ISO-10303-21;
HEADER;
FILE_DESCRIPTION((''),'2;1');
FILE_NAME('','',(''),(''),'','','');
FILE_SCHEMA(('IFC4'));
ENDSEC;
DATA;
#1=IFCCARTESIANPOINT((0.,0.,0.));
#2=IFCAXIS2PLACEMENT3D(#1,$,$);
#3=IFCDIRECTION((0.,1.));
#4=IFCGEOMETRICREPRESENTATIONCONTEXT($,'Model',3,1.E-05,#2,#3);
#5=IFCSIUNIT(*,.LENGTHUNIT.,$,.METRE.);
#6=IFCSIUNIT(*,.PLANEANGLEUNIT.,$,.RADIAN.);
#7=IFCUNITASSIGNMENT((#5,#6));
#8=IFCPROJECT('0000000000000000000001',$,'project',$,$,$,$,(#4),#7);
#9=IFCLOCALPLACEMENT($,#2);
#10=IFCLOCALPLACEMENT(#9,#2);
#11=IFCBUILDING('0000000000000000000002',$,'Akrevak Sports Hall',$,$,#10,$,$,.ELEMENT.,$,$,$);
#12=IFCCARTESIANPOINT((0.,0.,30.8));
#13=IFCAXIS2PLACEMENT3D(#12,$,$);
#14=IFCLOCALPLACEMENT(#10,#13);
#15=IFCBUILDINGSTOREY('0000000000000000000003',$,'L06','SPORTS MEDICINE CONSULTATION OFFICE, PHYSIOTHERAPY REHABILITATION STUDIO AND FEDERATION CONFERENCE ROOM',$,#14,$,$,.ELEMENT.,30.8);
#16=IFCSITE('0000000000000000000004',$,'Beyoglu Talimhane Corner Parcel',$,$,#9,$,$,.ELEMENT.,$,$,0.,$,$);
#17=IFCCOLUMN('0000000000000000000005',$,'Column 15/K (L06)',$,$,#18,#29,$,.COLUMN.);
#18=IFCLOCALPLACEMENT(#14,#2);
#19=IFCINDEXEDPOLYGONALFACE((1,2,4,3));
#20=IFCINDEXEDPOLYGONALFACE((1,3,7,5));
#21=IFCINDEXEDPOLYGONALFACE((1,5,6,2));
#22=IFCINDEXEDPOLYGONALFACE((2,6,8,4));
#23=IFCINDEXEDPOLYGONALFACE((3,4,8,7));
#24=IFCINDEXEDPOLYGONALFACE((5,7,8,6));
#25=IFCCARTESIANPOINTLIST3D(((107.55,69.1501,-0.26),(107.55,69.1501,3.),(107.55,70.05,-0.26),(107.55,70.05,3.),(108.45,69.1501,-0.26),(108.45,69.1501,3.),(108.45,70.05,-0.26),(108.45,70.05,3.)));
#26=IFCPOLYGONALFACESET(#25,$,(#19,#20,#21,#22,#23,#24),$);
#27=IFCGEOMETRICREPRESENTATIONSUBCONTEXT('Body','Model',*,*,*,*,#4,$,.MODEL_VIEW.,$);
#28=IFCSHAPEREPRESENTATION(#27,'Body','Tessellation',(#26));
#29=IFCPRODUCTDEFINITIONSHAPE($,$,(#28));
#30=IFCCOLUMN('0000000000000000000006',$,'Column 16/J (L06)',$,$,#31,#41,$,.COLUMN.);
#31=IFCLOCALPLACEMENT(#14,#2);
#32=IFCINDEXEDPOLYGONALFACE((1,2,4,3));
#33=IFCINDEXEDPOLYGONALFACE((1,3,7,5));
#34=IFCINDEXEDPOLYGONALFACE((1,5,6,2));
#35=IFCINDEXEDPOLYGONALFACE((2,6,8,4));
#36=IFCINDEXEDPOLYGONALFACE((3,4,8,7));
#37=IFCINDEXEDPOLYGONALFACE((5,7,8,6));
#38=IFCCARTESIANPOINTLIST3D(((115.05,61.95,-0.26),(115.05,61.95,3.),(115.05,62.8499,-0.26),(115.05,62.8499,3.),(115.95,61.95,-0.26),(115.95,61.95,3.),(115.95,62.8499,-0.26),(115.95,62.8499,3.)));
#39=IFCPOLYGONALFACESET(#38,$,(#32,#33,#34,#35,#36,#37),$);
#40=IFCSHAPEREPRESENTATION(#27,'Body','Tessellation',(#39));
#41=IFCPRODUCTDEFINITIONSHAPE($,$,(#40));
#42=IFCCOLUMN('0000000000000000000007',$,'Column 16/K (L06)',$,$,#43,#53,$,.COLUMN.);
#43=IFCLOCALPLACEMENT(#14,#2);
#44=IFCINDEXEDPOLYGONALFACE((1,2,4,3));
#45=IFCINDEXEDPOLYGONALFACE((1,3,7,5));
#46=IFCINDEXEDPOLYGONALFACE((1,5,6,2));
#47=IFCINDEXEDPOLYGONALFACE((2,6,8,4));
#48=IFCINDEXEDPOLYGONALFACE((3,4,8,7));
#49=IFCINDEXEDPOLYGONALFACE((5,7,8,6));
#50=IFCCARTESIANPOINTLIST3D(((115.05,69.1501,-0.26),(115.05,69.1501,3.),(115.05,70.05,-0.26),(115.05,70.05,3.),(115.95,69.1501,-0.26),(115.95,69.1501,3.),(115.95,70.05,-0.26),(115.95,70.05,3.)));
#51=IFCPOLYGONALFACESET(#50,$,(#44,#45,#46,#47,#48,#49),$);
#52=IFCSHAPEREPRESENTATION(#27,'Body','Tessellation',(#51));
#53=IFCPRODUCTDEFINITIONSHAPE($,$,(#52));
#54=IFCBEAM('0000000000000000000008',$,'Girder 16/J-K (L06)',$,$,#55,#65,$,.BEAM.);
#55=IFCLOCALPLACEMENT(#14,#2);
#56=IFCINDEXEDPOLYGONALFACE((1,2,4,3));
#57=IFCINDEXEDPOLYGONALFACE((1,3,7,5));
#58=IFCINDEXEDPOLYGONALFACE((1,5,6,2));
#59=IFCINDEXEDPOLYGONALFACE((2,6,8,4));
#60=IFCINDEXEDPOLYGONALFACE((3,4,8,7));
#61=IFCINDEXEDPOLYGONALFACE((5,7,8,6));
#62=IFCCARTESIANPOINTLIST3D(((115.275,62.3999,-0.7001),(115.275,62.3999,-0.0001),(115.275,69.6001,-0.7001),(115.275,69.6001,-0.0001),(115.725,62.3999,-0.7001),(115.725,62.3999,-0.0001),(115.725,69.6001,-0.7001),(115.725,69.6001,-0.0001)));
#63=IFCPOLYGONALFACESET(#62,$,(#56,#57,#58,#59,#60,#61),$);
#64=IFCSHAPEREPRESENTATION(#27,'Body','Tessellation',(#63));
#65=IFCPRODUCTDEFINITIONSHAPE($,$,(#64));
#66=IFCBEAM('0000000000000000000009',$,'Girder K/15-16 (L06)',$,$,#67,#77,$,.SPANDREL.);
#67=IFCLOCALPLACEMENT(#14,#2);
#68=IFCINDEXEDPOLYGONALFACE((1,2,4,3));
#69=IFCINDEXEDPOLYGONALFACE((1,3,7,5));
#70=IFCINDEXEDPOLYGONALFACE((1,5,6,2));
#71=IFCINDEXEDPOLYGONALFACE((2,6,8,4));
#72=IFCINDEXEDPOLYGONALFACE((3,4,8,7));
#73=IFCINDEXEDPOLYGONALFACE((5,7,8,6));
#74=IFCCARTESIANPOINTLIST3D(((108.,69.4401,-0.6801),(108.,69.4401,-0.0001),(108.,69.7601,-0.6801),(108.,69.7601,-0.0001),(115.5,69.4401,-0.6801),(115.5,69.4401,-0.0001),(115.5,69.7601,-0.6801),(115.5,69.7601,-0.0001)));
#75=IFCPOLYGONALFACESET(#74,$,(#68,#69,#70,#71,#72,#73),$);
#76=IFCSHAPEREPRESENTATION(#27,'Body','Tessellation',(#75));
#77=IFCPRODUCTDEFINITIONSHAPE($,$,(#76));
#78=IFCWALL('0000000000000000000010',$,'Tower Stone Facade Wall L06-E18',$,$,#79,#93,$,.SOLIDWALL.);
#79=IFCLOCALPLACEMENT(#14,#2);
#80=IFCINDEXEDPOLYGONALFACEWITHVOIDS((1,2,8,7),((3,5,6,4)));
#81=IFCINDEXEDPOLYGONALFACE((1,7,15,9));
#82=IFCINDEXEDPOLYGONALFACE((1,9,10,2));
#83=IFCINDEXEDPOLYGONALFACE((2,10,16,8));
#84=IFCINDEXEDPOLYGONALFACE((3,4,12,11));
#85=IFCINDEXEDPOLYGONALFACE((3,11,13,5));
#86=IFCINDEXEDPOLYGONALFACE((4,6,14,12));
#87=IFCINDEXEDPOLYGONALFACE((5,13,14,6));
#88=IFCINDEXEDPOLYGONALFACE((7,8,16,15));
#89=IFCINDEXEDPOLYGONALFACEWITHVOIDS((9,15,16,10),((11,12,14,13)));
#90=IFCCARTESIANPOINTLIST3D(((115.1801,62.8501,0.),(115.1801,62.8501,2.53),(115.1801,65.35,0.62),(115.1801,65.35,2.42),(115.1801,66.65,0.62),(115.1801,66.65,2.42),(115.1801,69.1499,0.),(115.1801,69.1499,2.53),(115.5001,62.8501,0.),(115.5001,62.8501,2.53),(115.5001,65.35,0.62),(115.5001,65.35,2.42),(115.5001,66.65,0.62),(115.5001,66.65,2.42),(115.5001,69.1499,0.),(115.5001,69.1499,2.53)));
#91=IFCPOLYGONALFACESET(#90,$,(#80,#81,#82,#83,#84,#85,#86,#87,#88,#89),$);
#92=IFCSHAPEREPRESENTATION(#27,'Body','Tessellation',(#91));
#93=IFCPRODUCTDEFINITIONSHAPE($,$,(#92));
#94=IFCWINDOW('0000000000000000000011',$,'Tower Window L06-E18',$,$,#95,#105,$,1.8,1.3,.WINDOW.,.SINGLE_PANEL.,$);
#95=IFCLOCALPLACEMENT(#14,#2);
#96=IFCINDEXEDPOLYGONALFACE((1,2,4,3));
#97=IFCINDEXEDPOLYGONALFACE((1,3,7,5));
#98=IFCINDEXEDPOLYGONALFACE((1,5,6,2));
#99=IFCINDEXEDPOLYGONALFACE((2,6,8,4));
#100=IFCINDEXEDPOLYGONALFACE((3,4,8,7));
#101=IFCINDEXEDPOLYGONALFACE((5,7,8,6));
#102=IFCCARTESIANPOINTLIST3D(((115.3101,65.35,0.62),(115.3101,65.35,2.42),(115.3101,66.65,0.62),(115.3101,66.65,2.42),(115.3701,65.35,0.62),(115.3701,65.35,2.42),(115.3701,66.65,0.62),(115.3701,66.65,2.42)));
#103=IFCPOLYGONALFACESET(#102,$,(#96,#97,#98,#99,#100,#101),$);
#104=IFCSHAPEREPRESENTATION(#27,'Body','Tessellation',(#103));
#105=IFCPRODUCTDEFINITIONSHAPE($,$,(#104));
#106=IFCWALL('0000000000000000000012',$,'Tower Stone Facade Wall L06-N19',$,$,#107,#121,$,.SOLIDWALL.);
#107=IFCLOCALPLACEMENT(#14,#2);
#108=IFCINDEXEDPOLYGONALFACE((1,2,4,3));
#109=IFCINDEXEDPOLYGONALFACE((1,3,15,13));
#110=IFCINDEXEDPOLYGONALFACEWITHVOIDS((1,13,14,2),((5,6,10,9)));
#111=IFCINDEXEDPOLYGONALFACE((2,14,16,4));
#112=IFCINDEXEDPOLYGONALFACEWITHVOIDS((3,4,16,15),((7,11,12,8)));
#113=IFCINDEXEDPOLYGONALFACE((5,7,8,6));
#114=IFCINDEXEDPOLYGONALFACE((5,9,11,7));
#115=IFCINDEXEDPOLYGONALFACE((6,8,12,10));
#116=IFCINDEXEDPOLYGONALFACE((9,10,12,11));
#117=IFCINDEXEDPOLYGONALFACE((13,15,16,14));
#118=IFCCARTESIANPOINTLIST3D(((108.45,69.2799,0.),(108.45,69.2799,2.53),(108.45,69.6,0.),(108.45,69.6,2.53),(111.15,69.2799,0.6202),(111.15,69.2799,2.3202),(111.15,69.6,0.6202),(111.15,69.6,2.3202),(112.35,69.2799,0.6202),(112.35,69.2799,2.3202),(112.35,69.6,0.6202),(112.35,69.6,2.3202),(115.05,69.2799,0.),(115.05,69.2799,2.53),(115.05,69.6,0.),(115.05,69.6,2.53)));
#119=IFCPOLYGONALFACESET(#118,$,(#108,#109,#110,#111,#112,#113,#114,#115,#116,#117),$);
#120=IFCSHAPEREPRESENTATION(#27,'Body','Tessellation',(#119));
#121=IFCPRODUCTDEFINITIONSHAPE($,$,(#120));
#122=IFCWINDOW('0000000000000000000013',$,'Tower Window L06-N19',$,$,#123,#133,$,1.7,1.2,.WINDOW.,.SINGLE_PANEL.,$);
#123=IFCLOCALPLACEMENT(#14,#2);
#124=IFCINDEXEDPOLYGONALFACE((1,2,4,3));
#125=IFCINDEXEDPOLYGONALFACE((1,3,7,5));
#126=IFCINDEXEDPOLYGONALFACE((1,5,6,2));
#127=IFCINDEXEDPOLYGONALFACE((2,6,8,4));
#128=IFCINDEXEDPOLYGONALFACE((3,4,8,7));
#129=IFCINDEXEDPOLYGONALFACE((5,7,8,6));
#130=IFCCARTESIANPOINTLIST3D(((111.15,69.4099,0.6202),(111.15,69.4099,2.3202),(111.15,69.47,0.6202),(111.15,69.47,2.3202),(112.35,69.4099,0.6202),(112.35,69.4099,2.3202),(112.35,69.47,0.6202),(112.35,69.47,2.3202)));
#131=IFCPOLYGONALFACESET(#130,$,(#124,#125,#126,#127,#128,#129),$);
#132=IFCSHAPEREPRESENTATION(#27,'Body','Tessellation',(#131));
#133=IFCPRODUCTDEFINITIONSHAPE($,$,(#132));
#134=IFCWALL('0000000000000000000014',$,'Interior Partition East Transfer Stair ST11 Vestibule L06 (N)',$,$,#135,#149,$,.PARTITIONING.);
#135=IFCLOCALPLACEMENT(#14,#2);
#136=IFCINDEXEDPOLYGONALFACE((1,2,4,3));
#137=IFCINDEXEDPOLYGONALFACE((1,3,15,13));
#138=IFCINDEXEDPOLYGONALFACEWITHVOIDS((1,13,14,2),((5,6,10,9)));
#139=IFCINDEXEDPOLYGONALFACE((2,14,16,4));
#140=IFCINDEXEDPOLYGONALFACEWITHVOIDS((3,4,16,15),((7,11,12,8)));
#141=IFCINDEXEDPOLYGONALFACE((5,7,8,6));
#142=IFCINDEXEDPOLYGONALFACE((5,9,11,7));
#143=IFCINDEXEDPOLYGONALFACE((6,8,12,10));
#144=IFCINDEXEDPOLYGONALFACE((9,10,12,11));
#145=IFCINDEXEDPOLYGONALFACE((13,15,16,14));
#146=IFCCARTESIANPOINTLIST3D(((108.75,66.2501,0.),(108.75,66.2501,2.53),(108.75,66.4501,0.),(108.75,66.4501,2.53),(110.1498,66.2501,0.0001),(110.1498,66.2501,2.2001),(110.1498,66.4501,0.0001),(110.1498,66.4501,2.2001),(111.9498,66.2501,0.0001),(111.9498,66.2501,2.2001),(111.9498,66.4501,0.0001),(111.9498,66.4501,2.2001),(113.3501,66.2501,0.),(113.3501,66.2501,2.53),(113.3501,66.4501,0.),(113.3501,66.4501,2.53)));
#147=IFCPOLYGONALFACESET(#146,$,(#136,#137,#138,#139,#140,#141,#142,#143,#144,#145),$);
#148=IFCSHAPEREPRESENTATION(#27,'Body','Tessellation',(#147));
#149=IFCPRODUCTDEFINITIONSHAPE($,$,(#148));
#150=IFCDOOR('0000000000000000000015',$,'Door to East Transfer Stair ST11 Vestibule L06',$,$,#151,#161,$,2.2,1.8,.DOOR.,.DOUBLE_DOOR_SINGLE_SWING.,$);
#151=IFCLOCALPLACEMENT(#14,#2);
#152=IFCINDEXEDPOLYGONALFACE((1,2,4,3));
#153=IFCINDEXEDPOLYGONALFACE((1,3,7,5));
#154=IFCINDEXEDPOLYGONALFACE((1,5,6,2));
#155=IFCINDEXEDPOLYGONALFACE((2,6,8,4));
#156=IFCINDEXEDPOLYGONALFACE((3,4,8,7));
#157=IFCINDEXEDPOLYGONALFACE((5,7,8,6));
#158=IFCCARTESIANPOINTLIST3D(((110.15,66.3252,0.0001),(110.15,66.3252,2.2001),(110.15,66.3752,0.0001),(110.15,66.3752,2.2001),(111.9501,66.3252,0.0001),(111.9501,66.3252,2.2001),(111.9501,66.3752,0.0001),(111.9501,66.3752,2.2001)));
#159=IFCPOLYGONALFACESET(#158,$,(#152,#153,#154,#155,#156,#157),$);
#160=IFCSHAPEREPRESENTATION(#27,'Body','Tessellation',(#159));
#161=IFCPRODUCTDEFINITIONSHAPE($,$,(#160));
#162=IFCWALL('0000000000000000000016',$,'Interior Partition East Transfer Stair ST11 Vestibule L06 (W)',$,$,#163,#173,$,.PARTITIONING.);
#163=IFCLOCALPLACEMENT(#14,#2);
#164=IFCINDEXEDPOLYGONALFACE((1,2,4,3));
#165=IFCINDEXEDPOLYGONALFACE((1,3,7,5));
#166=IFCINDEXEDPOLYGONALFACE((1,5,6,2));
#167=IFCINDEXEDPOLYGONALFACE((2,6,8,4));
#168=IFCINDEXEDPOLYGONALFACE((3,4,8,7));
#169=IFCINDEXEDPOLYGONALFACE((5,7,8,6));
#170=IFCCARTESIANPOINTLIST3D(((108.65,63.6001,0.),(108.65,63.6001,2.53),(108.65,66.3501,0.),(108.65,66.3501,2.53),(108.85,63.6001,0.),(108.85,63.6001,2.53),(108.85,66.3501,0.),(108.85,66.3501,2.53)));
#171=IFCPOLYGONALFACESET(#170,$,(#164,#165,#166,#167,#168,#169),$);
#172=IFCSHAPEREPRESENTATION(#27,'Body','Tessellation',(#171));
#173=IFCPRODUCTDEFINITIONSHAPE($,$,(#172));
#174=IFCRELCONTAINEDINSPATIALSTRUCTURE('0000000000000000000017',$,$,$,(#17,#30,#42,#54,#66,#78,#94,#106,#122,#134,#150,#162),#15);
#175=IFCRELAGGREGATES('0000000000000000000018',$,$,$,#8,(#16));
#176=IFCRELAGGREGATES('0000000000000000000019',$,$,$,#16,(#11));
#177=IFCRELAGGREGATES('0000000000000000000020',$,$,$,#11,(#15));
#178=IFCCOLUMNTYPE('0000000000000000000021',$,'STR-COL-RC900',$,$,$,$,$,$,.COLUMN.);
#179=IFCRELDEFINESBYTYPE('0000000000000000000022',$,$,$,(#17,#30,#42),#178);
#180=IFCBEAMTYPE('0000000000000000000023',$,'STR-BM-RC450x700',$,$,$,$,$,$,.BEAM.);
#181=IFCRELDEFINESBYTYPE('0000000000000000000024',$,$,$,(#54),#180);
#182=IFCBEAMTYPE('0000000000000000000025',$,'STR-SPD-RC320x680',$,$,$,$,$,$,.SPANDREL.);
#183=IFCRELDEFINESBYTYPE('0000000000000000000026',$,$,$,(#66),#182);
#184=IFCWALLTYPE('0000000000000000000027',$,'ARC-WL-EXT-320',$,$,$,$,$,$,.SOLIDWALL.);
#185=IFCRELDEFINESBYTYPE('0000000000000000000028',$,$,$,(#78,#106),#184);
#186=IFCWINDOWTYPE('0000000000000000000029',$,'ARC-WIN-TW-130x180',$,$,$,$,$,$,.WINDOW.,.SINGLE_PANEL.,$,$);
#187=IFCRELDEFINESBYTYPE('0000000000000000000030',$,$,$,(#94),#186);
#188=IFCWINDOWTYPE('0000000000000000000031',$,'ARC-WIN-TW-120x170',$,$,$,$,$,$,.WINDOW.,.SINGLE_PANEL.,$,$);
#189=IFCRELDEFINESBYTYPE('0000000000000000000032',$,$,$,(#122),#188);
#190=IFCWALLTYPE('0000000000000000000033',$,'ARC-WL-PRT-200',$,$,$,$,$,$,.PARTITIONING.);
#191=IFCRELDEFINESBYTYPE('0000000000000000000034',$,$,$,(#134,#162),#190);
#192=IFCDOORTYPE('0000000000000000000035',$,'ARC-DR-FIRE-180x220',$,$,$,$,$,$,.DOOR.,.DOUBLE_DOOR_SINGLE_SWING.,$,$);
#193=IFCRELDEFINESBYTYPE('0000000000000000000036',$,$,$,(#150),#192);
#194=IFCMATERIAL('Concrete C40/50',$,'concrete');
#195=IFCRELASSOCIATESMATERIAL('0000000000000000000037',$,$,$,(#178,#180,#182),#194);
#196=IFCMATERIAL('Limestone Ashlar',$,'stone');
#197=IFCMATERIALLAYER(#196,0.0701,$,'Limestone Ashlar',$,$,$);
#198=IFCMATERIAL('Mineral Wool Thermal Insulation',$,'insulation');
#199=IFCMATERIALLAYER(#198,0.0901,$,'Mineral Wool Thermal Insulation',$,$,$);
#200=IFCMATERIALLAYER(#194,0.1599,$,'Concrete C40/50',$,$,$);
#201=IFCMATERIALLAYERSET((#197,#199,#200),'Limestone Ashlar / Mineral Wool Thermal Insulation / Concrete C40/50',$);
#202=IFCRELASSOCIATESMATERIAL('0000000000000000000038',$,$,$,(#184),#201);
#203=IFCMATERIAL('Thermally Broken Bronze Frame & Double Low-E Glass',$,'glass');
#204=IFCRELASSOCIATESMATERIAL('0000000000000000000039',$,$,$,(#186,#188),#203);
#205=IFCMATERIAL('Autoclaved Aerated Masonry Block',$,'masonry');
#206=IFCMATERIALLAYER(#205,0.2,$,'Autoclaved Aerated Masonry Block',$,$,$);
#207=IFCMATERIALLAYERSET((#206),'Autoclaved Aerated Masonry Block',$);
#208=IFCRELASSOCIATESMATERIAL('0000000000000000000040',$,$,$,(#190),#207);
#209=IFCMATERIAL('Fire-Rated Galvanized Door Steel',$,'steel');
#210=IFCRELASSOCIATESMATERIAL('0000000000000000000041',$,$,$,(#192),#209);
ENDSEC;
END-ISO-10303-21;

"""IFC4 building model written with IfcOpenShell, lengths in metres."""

from ifc_helpers import new_model, si_unit, direction, frame, frame_2d, origin, origin_2d, place, context, subcontext, project, spatial, rectangle, extrude, material, layer, layer_set, material_profile, profile_set, type_object, element, fill, save


model = new_model("IFC4")

# Units and contexts
model_context = context("Model", 3, precision=1e-05, world=origin(), true_north=direction((0.0, 1.0)))
body_context = subcontext(model_context, "Body", "Model", "MODEL_VIEW")
ifc_project = project(units=[si_unit("LENGTHUNIT", "METRE"), si_unit("PLANEANGLEUNIT", "RADIAN")], contexts=[model_context])

# Site, building, storey
site_placement = place(None, origin())
site = spatial("IfcSite", under=ifc_project, at=site_placement, Name="Beyoglu Talimhane Corner Parcel", CompositionType="ELEMENT", RefElevation=0.0)
building_placement = place(site_placement, origin())
building = spatial("IfcBuilding", under=site, at=building_placement, Name="Akrevak Sports Hall", CompositionType="ELEMENT")
storey_placement = place(building_placement, frame((0.0, 0.0, 30.8)))
storey = spatial("IfcBuildingStorey", under=building, at=storey_placement, Name="L06", Description="SPORTS MEDICINE CONSULTATION OFFICE, PHYSIOTHERAPY REHABILITATION STUDIO AND FEDERATION CONFERENCE ROOM", CompositionType="ELEMENT", Elevation=30.8)

# Columns
ifc_material_1 = material(Name="Concrete C40/50", Category="concrete")
ifc_material_profile_1 = material_profile(ifc_material_1, rectangle(XDim=0.8999, YDim=0.8999, at=origin_2d()), Name="RC 900x900", Category="concrete")
ifc_profile_set_1 = profile_set([ifc_material_profile_1], Name="Concrete C40/50")
column_type = type_object("IfcColumnType", Name="STR-COL-RC900", PredefinedType="COLUMN", material=ifc_profile_set_1)
for number, where, z_axis, x_axis, name in (
    (1, (108.0, 69.6001, -0.26), (0.0, 0.0, 1.0), (1.0, 0.0, 0.0), "Column 15/K (L06)"),
    (2, (115.5, 62.3999, -0.26), (0.0, 0.0, 1.0), (1.0, 0.0, 0.0), "Column 16/J (L06)"),
    (3, (115.5, 69.6001, -0.26), (0.0, 0.0, 1.0), (1.0, 0.0, 0.0), "Column 16/K (L06)"),
):
    element("IfcColumn", number, at=place(storey_placement, frame(where, z_axis=z_axis, x_axis=x_axis)), inside=storey, type_object=column_type, Name=name, PredefinedType="COLUMN", context=body_context, shape_type="SweptSolid", body=[
        extrude(rectangle(XDim=0.8999, YDim=0.8999, at=origin_2d()), origin(), (0.0, 0.0, 1.0), 3.26),
    ])

# Beams
ifc_material_profile_2 = material_profile(ifc_material_1, rectangle(XDim=0.45, YDim=0.7, at=origin_2d()), Name="BM 450x700", Category="concrete")
ifc_profile_set_2 = profile_set([ifc_material_profile_2], Name="Concrete C40/50")
beam_type_1 = type_object("IfcBeamType", Name="STR-BM-RC450x700", PredefinedType="BEAM", material=ifc_profile_set_2)
beam_1_placement = place(storey_placement, frame((115.5, 62.3999, -0.3501), z_axis=(0.0, 1.0, 0.0), x_axis=(-1.0, 0.0, 0.0)))
element("IfcBeam", 4, at=beam_1_placement, inside=storey, type_object=beam_type_1, Name="Girder 16/J-K (L06)", PredefinedType="BEAM", context=body_context, shape_type="SweptSolid", body=[
    extrude(rectangle(XDim=0.45, YDim=0.7, at=origin_2d()), origin(), (0.0, 0.0, 1.0), 7.2002),
])
ifc_material_profile_3 = material_profile(ifc_material_1, rectangle(XDim=0.3201, YDim=0.6799, at=origin_2d()), Name="SPD 320x680", Category="concrete")
ifc_profile_set_3 = profile_set([ifc_material_profile_3], Name="Concrete C40/50")
beam_type_2 = type_object("IfcBeamType", Name="STR-SPD-RC320x680", PredefinedType="SPANDREL", material=ifc_profile_set_3)
beam_2_placement = place(storey_placement, frame((108.0, 69.6001, -0.3401), z_axis=(1.0, 0.0, 0.0), x_axis=(0.0, 1.0, 0.0)))
element("IfcBeam", 5, at=beam_2_placement, inside=storey, type_object=beam_type_2, Name="Girder K/15-16 (L06)", PredefinedType="SPANDREL", context=body_context, shape_type="SweptSolid", body=[
    extrude(rectangle(XDim=0.3201, YDim=0.6799, at=origin_2d()), origin(), (0.0, 0.0, 1.0), 7.5),
])

# Walls, openings, windows
ifc_material_2 = material(Name="Limestone Ashlar", Category="stone")
ifc_layer_1 = layer(ifc_material_2, 0.0701, Name="Limestone Ashlar")
ifc_material_3 = material(Name="Mineral Wool Thermal Insulation", Category="insulation")
ifc_layer_2 = layer(ifc_material_3, 0.0901, Name="Mineral Wool Thermal Insulation")
ifc_layer_3 = layer(ifc_material_1, 0.1599, Name="Concrete C40/50")
ifc_layer_set_1 = layer_set([ifc_layer_1, ifc_layer_2, ifc_layer_3], Name="Limestone Ashlar / Mineral Wool Thermal Insulation / Concrete C40/50")
wall_type_1 = type_object("IfcWallType", Name="ARC-WL-EXT-320", PredefinedType="SOLIDWALL", material=ifc_layer_set_1)
wall_1_placement = place(storey_placement, frame((115.3401, 62.8501, 0.0), z_axis=(0.0, 0.0, 1.0), x_axis=(0.0, 1.0, 0.0)))
wall_1 = element("IfcWall", 6, at=wall_1_placement, inside=storey, type_object=wall_type_1, Name="Tower Stone Facade Wall L06-E18", PredefinedType="SOLIDWALL", context=body_context, shape_type="SweptSolid", body=[
    extrude(rectangle(XDim=6.2998, YDim=0.3201, at=frame_2d((3.1499, 0.0))), origin(), (0.0, 0.0, 1.0), 2.53),
])
opening_1_placement = place(wall_1_placement, frame((2.5, 0.0, 0.6201)))
opening_1 = element("IfcOpeningElement", 7, at=opening_1_placement, cuts=wall_1, PredefinedType="OPENING", context=body_context, shape_type="SweptSolid", body=[
    extrude(rectangle(XDim=1.3, YDim=1.8, at=frame_2d((0.6499, 0.8999))), frame((0.0, 0.1719, 0.0), z_axis=(0.0, -1.0, 0.0), x_axis=(1.0, 0.0, 0.0)), (0.0, 0.0, 1.0), 0.344),
])
ifc_material_4 = material(Name="Thermally Broken Bronze Frame & Double Low-E Glass", Category="glass")
window_type_1 = type_object("IfcWindowType", Name="ARC-WIN-TW-130x180", PartitioningType="SINGLE_PANEL", PredefinedType="WINDOW", material=ifc_material_4)
window_1_placement = place(opening_1_placement, origin())
window_1 = element("IfcWindow", 8, at=window_1_placement, inside=storey, type_object=window_type_1, Name="Tower Window L06-E18", OverallHeight=1.8, OverallWidth=1.3, PartitioningType="SINGLE_PANEL", PredefinedType="WINDOW", context=body_context, shape_type="SweptSolid", body=[
    extrude(rectangle(XDim=1.3, YDim=1.8, at=frame_2d((0.6499, 0.8999))), frame((0.0, 0.03, 0.0), z_axis=(0.0, -1.0, 0.0), x_axis=(1.0, 0.0, 0.0)), (0.0, 0.0, 1.0), 0.0601),
])
fill(opening_1, window_1)
wall_2_placement = place(storey_placement, frame((115.05, 69.4399, 0.0), z_axis=(0.0, 0.0, 1.0), x_axis=(-1.0, 0.0, 0.0)))
wall_2 = element("IfcWall", 9, at=wall_2_placement, inside=storey, type_object=wall_type_1, Name="Tower Stone Facade Wall L06-N19", PredefinedType="SOLIDWALL", context=body_context, shape_type="SweptSolid", body=[
    extrude(rectangle(XDim=6.6001, YDim=0.3201, at=frame_2d((3.3, 0.0))), origin(), (0.0, 0.0, 1.0), 2.53),
])
opening_2_placement = place(wall_2_placement, frame((2.7, 0.0, 0.6201)))
opening_2 = element("IfcOpeningElement", 10, at=opening_2_placement, cuts=wall_2, PredefinedType="OPENING", context=body_context, shape_type="SweptSolid", body=[
    extrude(rectangle(XDim=1.2, YDim=1.7, at=frame_2d((0.6001, 0.8501))), frame((0.0, 0.1719, 0.0), z_axis=(0.0, -1.0, 0.0), x_axis=(1.0, 0.0, 0.0)), (0.0, 0.0, 1.0), 0.344),
])
window_type_2 = type_object("IfcWindowType", Name="ARC-WIN-TW-120x170", PartitioningType="SINGLE_PANEL", PredefinedType="WINDOW", material=ifc_material_4)
window_2_placement = place(opening_2_placement, origin())
window_2 = element("IfcWindow", 11, at=window_2_placement, inside=storey, type_object=window_type_2, Name="Tower Window L06-N19", OverallHeight=1.7, OverallWidth=1.2, PartitioningType="SINGLE_PANEL", PredefinedType="WINDOW", context=body_context, shape_type="SweptSolid", body=[
    extrude(rectangle(XDim=1.2, YDim=1.7, at=frame_2d((0.6001, 0.8501))), frame((0.0, 0.03, 0.0), z_axis=(0.0, -1.0, 0.0), x_axis=(1.0, 0.0, 0.0)), (0.0, 0.0, 1.0), 0.0601),
])
fill(opening_2, window_2)

# Wall, opening, door
ifc_material_5 = material(Name="Autoclaved Aerated Masonry Block", Category="masonry")
ifc_layer_4 = layer(ifc_material_5, 0.2, Name="Autoclaved Aerated Masonry Block")
ifc_layer_set_2 = layer_set([ifc_layer_4], Name="Autoclaved Aerated Masonry Block")
wall_type_2 = type_object("IfcWallType", Name="ARC-WL-PRT-200", PredefinedType="PARTITIONING", material=ifc_layer_set_2)
wall_3_placement = place(storey_placement, frame((108.75, 66.3501, 0.0), z_axis=(0.0, 0.0, 1.0), x_axis=(1.0, 0.0, 0.0)))
wall_3 = element("IfcWall", 12, at=wall_3_placement, inside=storey, type_object=wall_type_2, Name="Interior Partition East Transfer Stair ST11 Vestibule L06 (N)", PredefinedType="PARTITIONING", context=body_context, shape_type="SweptSolid", body=[
    extrude(rectangle(XDim=4.6001, YDim=0.2, at=frame_2d((2.3, 0.0))), origin(), (0.0, 0.0, 1.0), 2.53),
])
opening_3_placement = place(wall_3_placement, frame((1.3999, 0.0, 0.0)))
opening_3 = element("IfcOpeningElement", 13, at=opening_3_placement, cuts=wall_3, PredefinedType="OPENING", context=body_context, shape_type="SweptSolid", body=[
    extrude(rectangle(XDim=1.8, YDim=2.2, at=frame_2d((0.8999, 1.1001))), frame((0.0, 0.1118, 0.0), z_axis=(0.0, -1.0, 0.0), x_axis=(1.0, 0.0, 0.0)), (0.0, 0.0, 1.0), 0.2239),
])
ifc_material_6 = material(Name="Fire-Rated Galvanized Door Steel", Category="steel")
door_type_1 = type_object("IfcDoorType", Name="ARC-DR-FIRE-180x220", OperationType="DOUBLE_DOOR_SINGLE_SWING", PredefinedType="DOOR", material=ifc_material_6)
door_1_placement = place(opening_3_placement, frame((1.8, 0.0, 0.0), z_axis=(0.0, 0.0, 1.0), x_axis=(-1.0, 0.0, 0.0)))
door_1 = element("IfcDoor", 14, at=door_1_placement, inside=storey, type_object=door_type_1, Name="Door to East Transfer Stair ST11 Vestibule L06", OperationType="DOUBLE_DOOR_SINGLE_SWING", OverallHeight=2.2, OverallWidth=1.8, PredefinedType="DOOR", context=body_context, shape_type="SweptSolid", body=[
    extrude(rectangle(XDim=1.8, YDim=2.2, at=frame_2d((0.8999, 1.1001))), frame((0.0, 0.0249, 0.0), z_axis=(0.0, -1.0, 0.0), x_axis=(1.0, 0.0, 0.0)), (0.0, 0.0, 1.0), 0.05),
])
fill(opening_3, door_1)

# Wall
for number, where, z_axis, x_axis, name in (
    (15, (108.75, 63.6001, 0.0), (0.0, 0.0, 1.0), (0.0, 1.0, 0.0), "Interior Partition East Transfer Stair ST11 Vestibule L06 (W)"),
):
    element("IfcWall", number, at=place(storey_placement, frame(where, z_axis=z_axis, x_axis=x_axis)), inside=storey, type_object=wall_type_2, Name=name, PredefinedType="PARTITIONING", context=body_context, shape_type="SweptSolid", body=[
        extrude(rectangle(XDim=2.75, YDim=0.2, at=frame_2d((1.375, 0.0))), origin(), (0.0, 0.0, 1.0), 2.53),
    ])

save(model, "model.ifc")
